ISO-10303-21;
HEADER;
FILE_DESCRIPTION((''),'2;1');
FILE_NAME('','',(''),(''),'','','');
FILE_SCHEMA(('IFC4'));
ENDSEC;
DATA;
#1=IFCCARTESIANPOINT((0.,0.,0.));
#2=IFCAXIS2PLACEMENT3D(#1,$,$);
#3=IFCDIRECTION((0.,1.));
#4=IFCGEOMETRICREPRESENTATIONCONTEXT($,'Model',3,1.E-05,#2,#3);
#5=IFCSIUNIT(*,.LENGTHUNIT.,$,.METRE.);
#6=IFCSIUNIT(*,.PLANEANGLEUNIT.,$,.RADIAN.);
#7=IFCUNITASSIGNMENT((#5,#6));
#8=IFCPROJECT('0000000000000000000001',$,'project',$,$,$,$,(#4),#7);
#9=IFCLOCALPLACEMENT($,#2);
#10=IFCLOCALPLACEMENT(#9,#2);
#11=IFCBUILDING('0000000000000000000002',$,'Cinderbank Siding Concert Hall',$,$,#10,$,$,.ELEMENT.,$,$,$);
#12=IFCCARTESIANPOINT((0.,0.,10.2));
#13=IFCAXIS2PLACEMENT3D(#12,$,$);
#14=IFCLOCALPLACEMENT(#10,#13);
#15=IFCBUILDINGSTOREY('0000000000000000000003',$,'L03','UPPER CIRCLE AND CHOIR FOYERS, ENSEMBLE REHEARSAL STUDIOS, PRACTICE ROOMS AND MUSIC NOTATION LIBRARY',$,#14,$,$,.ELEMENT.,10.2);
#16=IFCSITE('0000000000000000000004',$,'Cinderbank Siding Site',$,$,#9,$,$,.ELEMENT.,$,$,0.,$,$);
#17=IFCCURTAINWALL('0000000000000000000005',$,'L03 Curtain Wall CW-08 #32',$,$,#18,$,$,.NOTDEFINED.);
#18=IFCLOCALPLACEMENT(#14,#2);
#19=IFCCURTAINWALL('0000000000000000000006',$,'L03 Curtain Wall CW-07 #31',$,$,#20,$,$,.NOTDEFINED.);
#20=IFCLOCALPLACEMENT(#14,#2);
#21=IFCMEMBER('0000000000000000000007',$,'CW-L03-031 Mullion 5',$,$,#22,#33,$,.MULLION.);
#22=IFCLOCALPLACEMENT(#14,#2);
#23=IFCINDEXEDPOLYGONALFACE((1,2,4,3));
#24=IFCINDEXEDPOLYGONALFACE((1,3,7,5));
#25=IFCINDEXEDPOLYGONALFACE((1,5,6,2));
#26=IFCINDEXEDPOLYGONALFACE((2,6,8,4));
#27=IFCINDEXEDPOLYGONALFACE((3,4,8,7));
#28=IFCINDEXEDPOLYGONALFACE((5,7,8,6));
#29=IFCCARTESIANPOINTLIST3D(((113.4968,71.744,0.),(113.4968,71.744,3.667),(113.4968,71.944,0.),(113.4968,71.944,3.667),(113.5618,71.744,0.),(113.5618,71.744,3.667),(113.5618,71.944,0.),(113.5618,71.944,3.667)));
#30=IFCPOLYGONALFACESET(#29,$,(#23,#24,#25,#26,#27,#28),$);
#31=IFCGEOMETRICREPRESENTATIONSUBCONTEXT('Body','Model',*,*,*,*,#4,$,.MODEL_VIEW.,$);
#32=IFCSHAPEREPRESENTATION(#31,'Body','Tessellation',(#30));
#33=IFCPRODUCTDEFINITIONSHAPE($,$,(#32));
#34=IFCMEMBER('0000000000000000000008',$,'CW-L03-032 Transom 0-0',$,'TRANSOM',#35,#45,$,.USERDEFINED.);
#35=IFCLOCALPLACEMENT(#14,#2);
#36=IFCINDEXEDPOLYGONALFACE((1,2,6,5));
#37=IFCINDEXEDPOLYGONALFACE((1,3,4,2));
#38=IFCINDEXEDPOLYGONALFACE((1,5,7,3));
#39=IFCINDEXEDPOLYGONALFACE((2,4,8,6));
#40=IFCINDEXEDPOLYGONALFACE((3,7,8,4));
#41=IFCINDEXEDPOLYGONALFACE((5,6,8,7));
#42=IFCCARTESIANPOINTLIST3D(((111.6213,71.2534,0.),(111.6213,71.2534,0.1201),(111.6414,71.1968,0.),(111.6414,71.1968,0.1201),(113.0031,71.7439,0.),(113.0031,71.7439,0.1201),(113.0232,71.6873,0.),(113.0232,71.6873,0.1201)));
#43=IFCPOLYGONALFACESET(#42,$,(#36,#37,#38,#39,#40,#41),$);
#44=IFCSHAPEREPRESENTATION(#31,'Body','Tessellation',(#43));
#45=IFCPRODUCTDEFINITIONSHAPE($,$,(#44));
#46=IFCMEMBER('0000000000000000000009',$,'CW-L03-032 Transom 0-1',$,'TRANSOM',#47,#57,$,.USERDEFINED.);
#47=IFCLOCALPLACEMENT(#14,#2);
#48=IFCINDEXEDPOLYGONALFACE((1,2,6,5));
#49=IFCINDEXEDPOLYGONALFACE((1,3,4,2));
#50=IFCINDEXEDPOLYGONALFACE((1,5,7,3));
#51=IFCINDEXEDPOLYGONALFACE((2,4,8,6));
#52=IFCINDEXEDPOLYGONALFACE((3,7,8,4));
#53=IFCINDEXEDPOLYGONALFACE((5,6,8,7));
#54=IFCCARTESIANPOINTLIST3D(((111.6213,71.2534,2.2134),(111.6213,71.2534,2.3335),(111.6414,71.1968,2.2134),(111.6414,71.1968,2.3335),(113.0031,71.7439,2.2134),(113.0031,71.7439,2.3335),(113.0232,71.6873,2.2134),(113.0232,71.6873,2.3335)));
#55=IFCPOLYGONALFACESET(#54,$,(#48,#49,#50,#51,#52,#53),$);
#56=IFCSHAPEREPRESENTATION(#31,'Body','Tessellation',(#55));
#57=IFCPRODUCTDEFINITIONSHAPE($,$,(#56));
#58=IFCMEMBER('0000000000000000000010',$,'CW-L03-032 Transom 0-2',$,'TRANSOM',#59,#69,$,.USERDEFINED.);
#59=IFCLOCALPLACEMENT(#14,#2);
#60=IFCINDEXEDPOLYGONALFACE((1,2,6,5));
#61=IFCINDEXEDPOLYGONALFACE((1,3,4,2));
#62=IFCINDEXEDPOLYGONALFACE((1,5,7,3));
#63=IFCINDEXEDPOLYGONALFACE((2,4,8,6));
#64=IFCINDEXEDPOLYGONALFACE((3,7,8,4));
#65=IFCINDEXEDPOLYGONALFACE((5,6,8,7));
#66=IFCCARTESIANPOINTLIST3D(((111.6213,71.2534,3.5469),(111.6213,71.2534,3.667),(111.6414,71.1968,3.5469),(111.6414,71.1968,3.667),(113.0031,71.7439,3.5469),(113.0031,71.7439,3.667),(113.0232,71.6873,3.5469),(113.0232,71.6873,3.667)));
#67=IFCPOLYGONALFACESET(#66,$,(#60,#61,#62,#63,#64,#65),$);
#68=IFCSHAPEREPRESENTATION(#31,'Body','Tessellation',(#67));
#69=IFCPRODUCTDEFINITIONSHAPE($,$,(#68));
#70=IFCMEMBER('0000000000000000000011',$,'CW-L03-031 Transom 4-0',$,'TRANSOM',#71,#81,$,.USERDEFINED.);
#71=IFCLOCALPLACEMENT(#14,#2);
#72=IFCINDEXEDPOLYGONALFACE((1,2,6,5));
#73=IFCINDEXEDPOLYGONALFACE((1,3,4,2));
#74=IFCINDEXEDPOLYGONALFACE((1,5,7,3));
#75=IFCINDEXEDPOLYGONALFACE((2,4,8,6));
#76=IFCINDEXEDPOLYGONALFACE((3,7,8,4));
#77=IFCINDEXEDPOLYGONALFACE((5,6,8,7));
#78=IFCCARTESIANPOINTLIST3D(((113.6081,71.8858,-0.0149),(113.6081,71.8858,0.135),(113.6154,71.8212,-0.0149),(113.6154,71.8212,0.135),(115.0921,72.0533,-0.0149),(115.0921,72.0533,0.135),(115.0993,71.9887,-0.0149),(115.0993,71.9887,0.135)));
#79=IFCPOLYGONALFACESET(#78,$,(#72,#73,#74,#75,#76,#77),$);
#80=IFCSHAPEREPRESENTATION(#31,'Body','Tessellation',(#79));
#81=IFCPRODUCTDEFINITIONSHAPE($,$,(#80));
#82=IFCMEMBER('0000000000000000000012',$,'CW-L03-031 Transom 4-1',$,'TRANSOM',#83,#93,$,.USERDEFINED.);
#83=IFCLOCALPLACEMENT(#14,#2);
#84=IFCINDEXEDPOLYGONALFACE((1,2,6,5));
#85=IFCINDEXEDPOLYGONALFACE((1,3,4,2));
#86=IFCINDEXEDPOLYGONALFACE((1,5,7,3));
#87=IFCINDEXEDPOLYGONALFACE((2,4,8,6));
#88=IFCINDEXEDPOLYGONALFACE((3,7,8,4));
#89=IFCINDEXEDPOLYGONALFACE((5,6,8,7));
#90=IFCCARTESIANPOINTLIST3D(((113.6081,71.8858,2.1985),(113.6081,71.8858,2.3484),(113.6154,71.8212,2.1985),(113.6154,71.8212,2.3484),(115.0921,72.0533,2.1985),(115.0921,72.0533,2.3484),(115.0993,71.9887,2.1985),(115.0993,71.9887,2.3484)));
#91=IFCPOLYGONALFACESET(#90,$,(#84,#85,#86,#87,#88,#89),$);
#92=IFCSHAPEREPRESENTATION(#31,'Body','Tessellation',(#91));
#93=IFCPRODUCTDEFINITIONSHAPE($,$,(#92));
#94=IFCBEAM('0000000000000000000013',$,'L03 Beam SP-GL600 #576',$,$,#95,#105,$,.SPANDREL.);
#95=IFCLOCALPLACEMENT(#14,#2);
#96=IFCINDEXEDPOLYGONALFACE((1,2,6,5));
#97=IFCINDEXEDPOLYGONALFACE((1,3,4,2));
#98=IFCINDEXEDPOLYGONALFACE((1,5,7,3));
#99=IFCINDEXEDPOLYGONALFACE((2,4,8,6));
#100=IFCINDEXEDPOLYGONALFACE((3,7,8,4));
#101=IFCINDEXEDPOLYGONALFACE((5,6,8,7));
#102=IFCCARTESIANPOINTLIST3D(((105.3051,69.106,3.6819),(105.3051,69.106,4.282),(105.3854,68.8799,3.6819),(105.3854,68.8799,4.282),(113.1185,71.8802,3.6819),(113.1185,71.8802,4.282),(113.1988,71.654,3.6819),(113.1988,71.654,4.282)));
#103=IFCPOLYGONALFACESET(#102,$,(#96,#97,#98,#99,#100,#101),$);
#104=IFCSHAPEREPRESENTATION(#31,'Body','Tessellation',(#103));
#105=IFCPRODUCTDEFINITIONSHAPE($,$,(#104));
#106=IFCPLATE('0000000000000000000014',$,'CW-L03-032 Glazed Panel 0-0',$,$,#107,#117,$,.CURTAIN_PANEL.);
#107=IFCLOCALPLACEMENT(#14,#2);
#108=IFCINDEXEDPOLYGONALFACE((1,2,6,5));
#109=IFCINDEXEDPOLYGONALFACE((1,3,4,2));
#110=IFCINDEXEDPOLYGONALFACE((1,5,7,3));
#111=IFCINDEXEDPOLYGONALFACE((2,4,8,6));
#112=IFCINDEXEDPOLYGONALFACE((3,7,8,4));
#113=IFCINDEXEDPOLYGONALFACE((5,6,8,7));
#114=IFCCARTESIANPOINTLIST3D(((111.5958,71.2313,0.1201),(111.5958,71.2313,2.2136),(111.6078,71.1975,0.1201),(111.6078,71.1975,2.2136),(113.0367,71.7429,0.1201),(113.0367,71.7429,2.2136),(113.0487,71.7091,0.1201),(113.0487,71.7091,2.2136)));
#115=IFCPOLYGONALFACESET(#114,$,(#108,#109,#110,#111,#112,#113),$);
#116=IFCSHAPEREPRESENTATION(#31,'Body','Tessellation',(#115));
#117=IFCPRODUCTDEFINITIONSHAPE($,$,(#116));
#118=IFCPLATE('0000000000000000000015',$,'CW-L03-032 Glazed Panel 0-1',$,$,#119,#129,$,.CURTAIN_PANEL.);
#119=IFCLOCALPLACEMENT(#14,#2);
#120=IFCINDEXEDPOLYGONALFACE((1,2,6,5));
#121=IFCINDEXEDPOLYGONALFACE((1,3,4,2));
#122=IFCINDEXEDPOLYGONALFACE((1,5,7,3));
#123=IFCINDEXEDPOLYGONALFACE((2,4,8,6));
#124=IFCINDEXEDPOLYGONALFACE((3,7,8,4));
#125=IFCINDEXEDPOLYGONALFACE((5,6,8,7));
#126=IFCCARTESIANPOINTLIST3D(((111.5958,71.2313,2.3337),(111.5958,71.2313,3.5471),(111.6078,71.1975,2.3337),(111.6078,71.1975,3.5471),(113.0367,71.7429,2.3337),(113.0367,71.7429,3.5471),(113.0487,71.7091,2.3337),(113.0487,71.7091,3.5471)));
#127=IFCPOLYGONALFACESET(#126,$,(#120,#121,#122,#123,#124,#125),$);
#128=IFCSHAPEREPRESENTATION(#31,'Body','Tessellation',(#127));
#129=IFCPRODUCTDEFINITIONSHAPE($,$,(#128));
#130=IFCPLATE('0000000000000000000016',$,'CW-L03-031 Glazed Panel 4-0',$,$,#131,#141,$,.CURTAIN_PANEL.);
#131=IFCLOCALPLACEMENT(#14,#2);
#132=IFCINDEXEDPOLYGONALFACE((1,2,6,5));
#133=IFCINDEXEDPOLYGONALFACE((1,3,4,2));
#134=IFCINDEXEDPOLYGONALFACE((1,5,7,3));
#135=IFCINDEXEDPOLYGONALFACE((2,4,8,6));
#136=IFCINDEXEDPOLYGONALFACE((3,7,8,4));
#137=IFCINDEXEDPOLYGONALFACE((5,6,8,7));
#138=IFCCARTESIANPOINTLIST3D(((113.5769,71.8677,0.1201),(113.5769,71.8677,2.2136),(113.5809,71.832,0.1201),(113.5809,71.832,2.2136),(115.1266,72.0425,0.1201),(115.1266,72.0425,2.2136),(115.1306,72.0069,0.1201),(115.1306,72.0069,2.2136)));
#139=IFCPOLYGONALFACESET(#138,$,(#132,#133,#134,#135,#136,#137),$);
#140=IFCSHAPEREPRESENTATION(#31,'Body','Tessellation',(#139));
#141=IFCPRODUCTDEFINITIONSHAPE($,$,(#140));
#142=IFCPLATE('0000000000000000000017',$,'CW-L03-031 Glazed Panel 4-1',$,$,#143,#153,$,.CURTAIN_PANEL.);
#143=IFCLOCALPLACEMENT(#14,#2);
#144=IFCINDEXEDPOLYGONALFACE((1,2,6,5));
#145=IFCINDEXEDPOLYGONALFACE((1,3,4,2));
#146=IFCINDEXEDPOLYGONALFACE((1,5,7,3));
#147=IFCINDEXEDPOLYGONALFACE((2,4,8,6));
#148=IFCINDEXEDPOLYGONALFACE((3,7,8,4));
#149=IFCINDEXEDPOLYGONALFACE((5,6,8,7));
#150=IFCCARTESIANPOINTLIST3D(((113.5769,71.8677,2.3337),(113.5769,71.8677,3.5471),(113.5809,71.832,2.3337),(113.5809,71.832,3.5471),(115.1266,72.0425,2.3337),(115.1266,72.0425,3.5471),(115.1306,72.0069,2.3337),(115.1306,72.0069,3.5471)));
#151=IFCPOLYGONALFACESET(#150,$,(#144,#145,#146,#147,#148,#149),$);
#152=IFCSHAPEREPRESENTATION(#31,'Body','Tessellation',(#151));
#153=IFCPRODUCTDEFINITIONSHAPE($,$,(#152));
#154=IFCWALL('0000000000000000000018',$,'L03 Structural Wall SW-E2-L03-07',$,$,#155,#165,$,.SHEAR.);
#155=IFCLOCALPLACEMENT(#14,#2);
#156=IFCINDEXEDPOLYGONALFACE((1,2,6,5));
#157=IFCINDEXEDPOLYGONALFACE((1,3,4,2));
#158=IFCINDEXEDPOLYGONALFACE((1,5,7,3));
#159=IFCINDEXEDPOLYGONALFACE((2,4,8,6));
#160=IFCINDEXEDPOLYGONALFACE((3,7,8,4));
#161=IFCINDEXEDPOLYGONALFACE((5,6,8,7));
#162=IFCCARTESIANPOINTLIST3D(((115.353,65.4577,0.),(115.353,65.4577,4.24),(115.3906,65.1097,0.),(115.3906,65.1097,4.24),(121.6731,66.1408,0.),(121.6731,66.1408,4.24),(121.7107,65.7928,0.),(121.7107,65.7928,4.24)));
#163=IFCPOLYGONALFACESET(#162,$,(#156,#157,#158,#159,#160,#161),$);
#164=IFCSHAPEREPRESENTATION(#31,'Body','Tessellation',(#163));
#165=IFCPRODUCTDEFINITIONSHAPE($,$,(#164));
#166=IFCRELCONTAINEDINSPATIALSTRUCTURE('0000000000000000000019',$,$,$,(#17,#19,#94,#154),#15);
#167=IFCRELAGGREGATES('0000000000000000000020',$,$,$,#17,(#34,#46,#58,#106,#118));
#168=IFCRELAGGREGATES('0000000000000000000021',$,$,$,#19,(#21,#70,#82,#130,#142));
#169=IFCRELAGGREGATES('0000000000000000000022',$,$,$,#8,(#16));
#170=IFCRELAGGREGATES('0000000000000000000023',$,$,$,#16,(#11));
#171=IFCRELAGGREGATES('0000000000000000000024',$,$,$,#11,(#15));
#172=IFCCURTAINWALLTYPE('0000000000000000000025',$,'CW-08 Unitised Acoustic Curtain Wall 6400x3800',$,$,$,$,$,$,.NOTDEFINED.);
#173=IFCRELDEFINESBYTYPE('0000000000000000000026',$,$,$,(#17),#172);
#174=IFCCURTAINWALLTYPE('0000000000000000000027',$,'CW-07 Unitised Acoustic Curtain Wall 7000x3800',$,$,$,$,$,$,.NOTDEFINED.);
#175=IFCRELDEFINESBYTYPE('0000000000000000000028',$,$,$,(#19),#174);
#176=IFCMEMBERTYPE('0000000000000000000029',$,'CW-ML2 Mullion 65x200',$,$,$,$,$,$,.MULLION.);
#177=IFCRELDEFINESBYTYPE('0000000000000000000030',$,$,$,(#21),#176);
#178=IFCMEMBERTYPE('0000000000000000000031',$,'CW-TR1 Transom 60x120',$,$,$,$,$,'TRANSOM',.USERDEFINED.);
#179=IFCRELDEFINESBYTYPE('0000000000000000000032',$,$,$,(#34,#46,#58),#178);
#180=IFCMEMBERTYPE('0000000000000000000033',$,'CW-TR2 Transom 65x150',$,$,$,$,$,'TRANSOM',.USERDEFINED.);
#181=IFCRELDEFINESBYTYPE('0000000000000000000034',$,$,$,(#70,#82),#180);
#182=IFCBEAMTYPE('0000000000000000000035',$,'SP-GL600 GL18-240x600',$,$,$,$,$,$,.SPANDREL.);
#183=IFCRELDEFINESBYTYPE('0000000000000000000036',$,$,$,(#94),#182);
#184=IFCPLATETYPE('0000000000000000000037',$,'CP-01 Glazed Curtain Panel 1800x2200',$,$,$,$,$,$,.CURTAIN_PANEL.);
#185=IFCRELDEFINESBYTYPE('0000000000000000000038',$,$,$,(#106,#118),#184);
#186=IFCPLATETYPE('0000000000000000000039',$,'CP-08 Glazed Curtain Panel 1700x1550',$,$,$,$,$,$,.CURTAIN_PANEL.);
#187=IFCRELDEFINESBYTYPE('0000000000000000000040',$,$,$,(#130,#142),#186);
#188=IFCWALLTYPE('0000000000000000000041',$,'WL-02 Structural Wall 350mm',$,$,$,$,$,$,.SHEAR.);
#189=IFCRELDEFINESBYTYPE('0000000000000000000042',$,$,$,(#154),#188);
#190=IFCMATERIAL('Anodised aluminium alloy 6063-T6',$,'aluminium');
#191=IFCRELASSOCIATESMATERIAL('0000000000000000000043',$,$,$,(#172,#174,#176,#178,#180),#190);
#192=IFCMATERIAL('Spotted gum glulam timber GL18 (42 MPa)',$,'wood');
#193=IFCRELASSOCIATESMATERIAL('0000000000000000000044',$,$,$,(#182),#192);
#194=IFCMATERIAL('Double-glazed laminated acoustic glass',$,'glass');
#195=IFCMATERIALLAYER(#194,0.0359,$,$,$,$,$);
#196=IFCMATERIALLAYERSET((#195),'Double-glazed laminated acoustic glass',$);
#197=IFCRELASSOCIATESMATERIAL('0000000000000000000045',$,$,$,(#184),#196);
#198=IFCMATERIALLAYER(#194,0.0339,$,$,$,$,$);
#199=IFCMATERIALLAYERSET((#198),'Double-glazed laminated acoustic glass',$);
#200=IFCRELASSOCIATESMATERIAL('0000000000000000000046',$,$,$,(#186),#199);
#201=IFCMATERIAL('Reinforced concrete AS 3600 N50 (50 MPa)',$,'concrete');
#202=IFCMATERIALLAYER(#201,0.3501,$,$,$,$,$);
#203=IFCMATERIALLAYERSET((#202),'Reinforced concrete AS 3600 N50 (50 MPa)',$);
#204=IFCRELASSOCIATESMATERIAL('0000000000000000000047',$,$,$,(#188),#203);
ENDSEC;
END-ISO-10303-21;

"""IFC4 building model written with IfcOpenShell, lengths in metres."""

from ifc_helpers import new_model, si_unit, direction, frame, frame_2d, origin, origin_2d, place, context, subcontext, project, spatial, rectangle, extrude, material, layer, layer_set, material_profile, profile_set, type_object, element, aggregate, save


model = new_model("IFC4")

# Units and contexts
model_context = context("Model", 3, precision=1e-05, world=origin(), true_north=direction((0.0, 1.0)))
body_context = subcontext(model_context, "Body", "Model", "MODEL_VIEW")
ifc_project = project(units=[si_unit("LENGTHUNIT", "METRE"), si_unit("PLANEANGLEUNIT", "RADIAN")], contexts=[model_context])

# Site, building, storey
site_placement = place(None, origin())
site = spatial("IfcSite", under=ifc_project, at=site_placement, Name="Cinderbank Siding Site", CompositionType="ELEMENT", RefElevation=0.0)
building_placement = place(site_placement, origin())
building = spatial("IfcBuilding", under=site, at=building_placement, Name="Cinderbank Siding Concert Hall", CompositionType="ELEMENT")
storey_placement = place(building_placement, frame((0.0, 0.0, 10.2)))
storey = spatial("IfcBuildingStorey", under=building, at=storey_placement, Name="L03", Description="UPPER CIRCLE AND CHOIR FOYERS, ENSEMBLE REHEARSAL STUDIOS, PRACTICE ROOMS AND MUSIC NOTATION LIBRARY", CompositionType="ELEMENT", Elevation=10.2)

# Shared definitions
ifc_material_1 = material(Name="Reinforced concrete AS 3600 N50 (50 MPa)", Category="concrete")

# Curtain walls, member
ifc_material_2 = material(Name="Anodised aluminium alloy 6063-T6", Category="aluminium")
curtain_wall_type_1 = type_object("IfcCurtainWallType", Name="CW-08 Unitised Acoustic Curtain Wall 6400x3800", PredefinedType="NOTDEFINED", material=ifc_material_2)
curtain_wall_1_placement = place(storey_placement, origin())
curtain_wall_1 = element("IfcCurtainWall", 1, at=curtain_wall_1_placement, inside=storey, type_object=curtain_wall_type_1, Name="L03 Curtain Wall CW-08 #32", PredefinedType="NOTDEFINED")
curtain_wall_type_2 = type_object("IfcCurtainWallType", Name="CW-07 Unitised Acoustic Curtain Wall 7000x3800", PredefinedType="NOTDEFINED", material=ifc_material_2)
curtain_wall_2_placement = place(storey_placement, origin())
curtain_wall_2 = element("IfcCurtainWall", 2, at=curtain_wall_2_placement, inside=storey, type_object=curtain_wall_type_2, Name="L03 Curtain Wall CW-07 #31", PredefinedType="NOTDEFINED")
ifc_material_profile_1 = material_profile(ifc_material_2, rectangle(XDim=0.0649, YDim=0.2, at=origin_2d()), Name="ALU-MULL-65x200", Category="LoadBearing")
ifc_profile_set_1 = profile_set([ifc_material_profile_1], Name="Anodised aluminium alloy 6063-T6")
member_type_1 = type_object("IfcMemberType", Name="CW-ML2 Mullion 65x200", PredefinedType="MULLION", material=ifc_profile_set_1)
member_1_placement = place(storey_placement, frame((113.5293, 71.844, 0.0), z_axis=(0.0, 0.0, 1.0), x_axis=(1.0, 0.0, 0.0)))
member_1 = element("IfcMember", 3, at=member_1_placement, type_object=member_type_1, Name="CW-L03-031 Mullion 5", PredefinedType="MULLION", context=body_context, shape_type="SweptSolid", body=[
    extrude(rectangle(XDim=0.0649, YDim=0.2, at=origin_2d()), origin(), (0.0, 0.0, 1.0), 3.667),
])

# Members
ifc_material_profile_2 = material_profile(ifc_material_2, rectangle(XDim=0.0601, YDim=0.1201, at=origin_2d()), Name="ALU-TRAN-60x120", Category="LoadBearing")
ifc_profile_set_2 = profile_set([ifc_material_profile_2], Name="Anodised aluminium alloy 6063-T6")
member_type_2 = type_object("IfcMemberType", Name="CW-TR1 Transom 60x120", ElementType="TRANSOM", PredefinedType="USERDEFINED", material=ifc_profile_set_2)
member_2_placement = place(storey_placement, frame((113.0132, 71.7156, 0.0601), z_axis=(-0.942396, -0.3345, 0.0), x_axis=(0.3345, -0.942396, 0.0)))
member_2 = element("IfcMember", 4, at=member_2_placement, type_object=member_type_2, Name="CW-L03-032 Transom 0-0", ObjectType="TRANSOM", PredefinedType="USERDEFINED", context=body_context, shape_type="SweptSolid", body=[
    extrude(rectangle(XDim=0.0601, YDim=0.1201, at=origin_2d()), origin(), (0.0, 0.0, 1.0), 1.4663),
])
member_3_placement = place(storey_placement, frame((113.0132, 71.7156, 2.2734), z_axis=(-0.942396, -0.3345, 0.0), x_axis=(0.3345, -0.942396, 0.0)))
member_3 = element("IfcMember", 5, at=member_3_placement, type_object=member_type_2, Name="CW-L03-032 Transom 0-1", ObjectType="TRANSOM", PredefinedType="USERDEFINED", context=body_context, shape_type="SweptSolid", body=[
    extrude(rectangle(XDim=0.0601, YDim=0.1201, at=origin_2d()), origin(), (0.0, 0.0, 1.0), 1.4663),
])
member_4_placement = place(storey_placement, frame((113.0132, 71.7156, 3.6069), z_axis=(-0.942396, -0.3345, 0.0), x_axis=(0.3345, -0.942396, 0.0)))
member_4 = element("IfcMember", 6, at=member_4_placement, type_object=member_type_2, Name="CW-L03-032 Transom 0-2", ObjectType="TRANSOM", PredefinedType="USERDEFINED", context=body_context, shape_type="SweptSolid", body=[
    extrude(rectangle(XDim=0.0601, YDim=0.1201, at=origin_2d()), origin(), (0.0, 0.0, 1.0), 1.4663),
])
ifc_material_profile_3 = material_profile(ifc_material_2, rectangle(XDim=0.0649, YDim=0.1499, at=origin_2d()), Name="ALU-TRAN-65x150", Category="LoadBearing")
ifc_profile_set_3 = profile_set([ifc_material_profile_3], Name="Anodised aluminium alloy 6063-T6")
member_type_3 = type_object("IfcMemberType", Name="CW-TR2 Transom 65x150", ElementType="TRANSOM", PredefinedType="USERDEFINED", material=ifc_profile_set_3)
member_5_placement = place(storey_placement, frame((115.0957, 72.021, 0.0601), z_axis=(-0.993691, -0.112154, 0.0), x_axis=(0.112154, -0.993691, 0.0)))
member_5 = element("IfcMember", 7, at=member_5_placement, type_object=member_type_3, Name="CW-L03-031 Transom 4-0", ObjectType="TRANSOM", PredefinedType="USERDEFINED", context=body_context, shape_type="SweptSolid", body=[
    extrude(rectangle(XDim=0.0649, YDim=0.1499, at=origin_2d()), origin(), (0.0, 0.0, 1.0), 1.4934),
])
member_6_placement = place(storey_placement, frame((115.0957, 72.021, 2.2734), z_axis=(-0.993691, -0.112154, 0.0), x_axis=(0.112154, -0.993691, 0.0)))
member_6 = element("IfcMember", 8, at=member_6_placement, type_object=member_type_3, Name="CW-L03-031 Transom 4-1", ObjectType="TRANSOM", PredefinedType="USERDEFINED", context=body_context, shape_type="SweptSolid", body=[
    extrude(rectangle(XDim=0.0649, YDim=0.1499, at=origin_2d()), origin(), (0.0, 0.0, 1.0), 1.4934),
])

# Beam
ifc_material_3 = material(Name="Spotted gum glulam timber GL18 (42 MPa)", Category="wood")
ifc_material_profile_4 = material_profile(ifc_material_3, rectangle(XDim=0.24, YDim=0.6001, at=origin_2d()), Name="GL18-240x600", Category="LoadBearing")
ifc_profile_set_4 = profile_set([ifc_material_profile_4], Name="Spotted gum glulam timber GL18 (42 MPa)")
beam_type_1 = type_object("IfcBeamType", Name="SP-GL600 GL18-240x600", PredefinedType="SPANDREL", material=ifc_profile_set_4)
beam_1_placement = place(storey_placement, frame((113.1587, 71.7671, 3.9819), z_axis=(-0.942365, -0.334586, 0.0), x_axis=(0.334586, -0.942365, 0.0)))
element("IfcBeam", 9, at=beam_1_placement, inside=storey, type_object=beam_type_1, Name="L03 Beam SP-GL600 #576", PredefinedType="SPANDREL", context=body_context, shape_type="SweptSolid", body=[
    extrude(rectangle(XDim=0.24, YDim=0.6001, at=origin_2d()), origin(), (0.0, 0.0, 1.0), 8.2913),
])

# Plates
ifc_material_4 = material(Name="Double-glazed laminated acoustic glass", Category="glass")
ifc_layer_1 = layer(ifc_material_4, 0.0359)
ifc_layer_set_1 = layer_set([ifc_layer_1], Name="Double-glazed laminated acoustic glass")
plate_type_1 = type_object("IfcPlateType", Name="CP-01 Glazed Curtain Panel 1800x2200", PredefinedType="CURTAIN_PANEL", material=ifc_layer_set_1)
plate_1_placement = place(storey_placement, frame((112.3223, 71.4702, 0.1201), z_axis=(0.0, 0.0, 1.0), x_axis=(-0.942366, -0.334585, 0.0)))
plate_1 = element("IfcPlate", 10, at=plate_1_placement, type_object=plate_type_1, Name="CW-L03-032 Glazed Panel 0-0", PredefinedType="CURTAIN_PANEL", context=body_context, shape_type="SweptSolid", body=[
    extrude(rectangle(XDim=1.5291, YDim=0.0359, at=origin_2d()), origin(), (0.0, 0.0, 1.0), 2.0935),
])
plate_2_placement = place(storey_placement, frame((112.3223, 71.4702, 2.3337), z_axis=(0.0, 0.0, 1.0), x_axis=(-0.942366, -0.334585, 0.0)))
plate_2 = element("IfcPlate", 11, at=plate_2_placement, type_object=plate_type_1, Name="CW-L03-032 Glazed Panel 0-1", PredefinedType="CURTAIN_PANEL", context=body_context, shape_type="SweptSolid", body=[
    extrude(rectangle(XDim=1.5291, YDim=0.0359, at=origin_2d()), origin(), (0.0, 0.0, 1.0), 1.2134),
])
aggregate(curtain_wall_1, [member_2, member_3, member_4, plate_1, plate_2])
ifc_layer_2 = layer(ifc_material_4, 0.0339)
ifc_layer_set_2 = layer_set([ifc_layer_2], Name="Double-glazed laminated acoustic glass")
plate_type_2 = type_object("IfcPlateType", Name="CP-08 Glazed Curtain Panel 1700x1550", PredefinedType="CURTAIN_PANEL", material=ifc_layer_set_2)
plate_3_placement = place(storey_placement, frame((114.3538, 71.9373, 0.1201), z_axis=(0.0, 0.0, 1.0), x_axis=(-0.993694, -0.112129, 0.0)))
plate_3 = element("IfcPlate", 12, at=plate_3_placement, type_object=plate_type_2, Name="CW-L03-031 Glazed Panel 4-0", PredefinedType="CURTAIN_PANEL", context=body_context, shape_type="SweptSolid", body=[
    extrude(rectangle(XDim=1.5596, YDim=0.0359, at=origin_2d()), origin(), (0.0, 0.0, 1.0), 2.0935),
])
plate_4_placement = place(storey_placement, frame((114.3538, 71.9373, 2.3337), z_axis=(0.0, 0.0, 1.0), x_axis=(-0.993694, -0.112129, 0.0)))
plate_4 = element("IfcPlate", 13, at=plate_4_placement, type_object=plate_type_2, Name="CW-L03-031 Glazed Panel 4-1", PredefinedType="CURTAIN_PANEL", context=body_context, shape_type="SweptSolid", body=[
    extrude(rectangle(XDim=1.5596, YDim=0.0359, at=origin_2d()), origin(), (0.0, 0.0, 1.0), 1.2134),
])
aggregate(curtain_wall_2, [member_1, member_5, member_6, plate_3, plate_4])

# Wall
ifc_layer_3 = layer(ifc_material_1, 0.3501)
ifc_layer_set_3 = layer_set([ifc_layer_3], Name="Reinforced concrete AS 3600 N50 (50 MPa)")
wall_type_1 = type_object("IfcWallType", Name="WL-02 Structural Wall 350mm", PredefinedType="SHEAR", material=ifc_layer_set_3)
wall_1_placement = place(storey_placement, frame((121.6919, 65.9668, 0.0), z_axis=(0.0, 0.0, 1.0), x_axis=(-0.994209, -0.107459, 0.0)))
element("IfcWall", 14, at=wall_1_placement, inside=storey, type_object=wall_type_1, Name="L03 Structural Wall SW-E2-L03-07", PredefinedType="SHEAR", context=body_context, shape_type="SweptSolid", body=[
    extrude(rectangle(XDim=6.3569, YDim=0.3501, at=frame_2d((3.1785, 0.0))), origin(), (0.0, 0.0, 1.0), 4.24),
])

save(model, "model.ifc")
